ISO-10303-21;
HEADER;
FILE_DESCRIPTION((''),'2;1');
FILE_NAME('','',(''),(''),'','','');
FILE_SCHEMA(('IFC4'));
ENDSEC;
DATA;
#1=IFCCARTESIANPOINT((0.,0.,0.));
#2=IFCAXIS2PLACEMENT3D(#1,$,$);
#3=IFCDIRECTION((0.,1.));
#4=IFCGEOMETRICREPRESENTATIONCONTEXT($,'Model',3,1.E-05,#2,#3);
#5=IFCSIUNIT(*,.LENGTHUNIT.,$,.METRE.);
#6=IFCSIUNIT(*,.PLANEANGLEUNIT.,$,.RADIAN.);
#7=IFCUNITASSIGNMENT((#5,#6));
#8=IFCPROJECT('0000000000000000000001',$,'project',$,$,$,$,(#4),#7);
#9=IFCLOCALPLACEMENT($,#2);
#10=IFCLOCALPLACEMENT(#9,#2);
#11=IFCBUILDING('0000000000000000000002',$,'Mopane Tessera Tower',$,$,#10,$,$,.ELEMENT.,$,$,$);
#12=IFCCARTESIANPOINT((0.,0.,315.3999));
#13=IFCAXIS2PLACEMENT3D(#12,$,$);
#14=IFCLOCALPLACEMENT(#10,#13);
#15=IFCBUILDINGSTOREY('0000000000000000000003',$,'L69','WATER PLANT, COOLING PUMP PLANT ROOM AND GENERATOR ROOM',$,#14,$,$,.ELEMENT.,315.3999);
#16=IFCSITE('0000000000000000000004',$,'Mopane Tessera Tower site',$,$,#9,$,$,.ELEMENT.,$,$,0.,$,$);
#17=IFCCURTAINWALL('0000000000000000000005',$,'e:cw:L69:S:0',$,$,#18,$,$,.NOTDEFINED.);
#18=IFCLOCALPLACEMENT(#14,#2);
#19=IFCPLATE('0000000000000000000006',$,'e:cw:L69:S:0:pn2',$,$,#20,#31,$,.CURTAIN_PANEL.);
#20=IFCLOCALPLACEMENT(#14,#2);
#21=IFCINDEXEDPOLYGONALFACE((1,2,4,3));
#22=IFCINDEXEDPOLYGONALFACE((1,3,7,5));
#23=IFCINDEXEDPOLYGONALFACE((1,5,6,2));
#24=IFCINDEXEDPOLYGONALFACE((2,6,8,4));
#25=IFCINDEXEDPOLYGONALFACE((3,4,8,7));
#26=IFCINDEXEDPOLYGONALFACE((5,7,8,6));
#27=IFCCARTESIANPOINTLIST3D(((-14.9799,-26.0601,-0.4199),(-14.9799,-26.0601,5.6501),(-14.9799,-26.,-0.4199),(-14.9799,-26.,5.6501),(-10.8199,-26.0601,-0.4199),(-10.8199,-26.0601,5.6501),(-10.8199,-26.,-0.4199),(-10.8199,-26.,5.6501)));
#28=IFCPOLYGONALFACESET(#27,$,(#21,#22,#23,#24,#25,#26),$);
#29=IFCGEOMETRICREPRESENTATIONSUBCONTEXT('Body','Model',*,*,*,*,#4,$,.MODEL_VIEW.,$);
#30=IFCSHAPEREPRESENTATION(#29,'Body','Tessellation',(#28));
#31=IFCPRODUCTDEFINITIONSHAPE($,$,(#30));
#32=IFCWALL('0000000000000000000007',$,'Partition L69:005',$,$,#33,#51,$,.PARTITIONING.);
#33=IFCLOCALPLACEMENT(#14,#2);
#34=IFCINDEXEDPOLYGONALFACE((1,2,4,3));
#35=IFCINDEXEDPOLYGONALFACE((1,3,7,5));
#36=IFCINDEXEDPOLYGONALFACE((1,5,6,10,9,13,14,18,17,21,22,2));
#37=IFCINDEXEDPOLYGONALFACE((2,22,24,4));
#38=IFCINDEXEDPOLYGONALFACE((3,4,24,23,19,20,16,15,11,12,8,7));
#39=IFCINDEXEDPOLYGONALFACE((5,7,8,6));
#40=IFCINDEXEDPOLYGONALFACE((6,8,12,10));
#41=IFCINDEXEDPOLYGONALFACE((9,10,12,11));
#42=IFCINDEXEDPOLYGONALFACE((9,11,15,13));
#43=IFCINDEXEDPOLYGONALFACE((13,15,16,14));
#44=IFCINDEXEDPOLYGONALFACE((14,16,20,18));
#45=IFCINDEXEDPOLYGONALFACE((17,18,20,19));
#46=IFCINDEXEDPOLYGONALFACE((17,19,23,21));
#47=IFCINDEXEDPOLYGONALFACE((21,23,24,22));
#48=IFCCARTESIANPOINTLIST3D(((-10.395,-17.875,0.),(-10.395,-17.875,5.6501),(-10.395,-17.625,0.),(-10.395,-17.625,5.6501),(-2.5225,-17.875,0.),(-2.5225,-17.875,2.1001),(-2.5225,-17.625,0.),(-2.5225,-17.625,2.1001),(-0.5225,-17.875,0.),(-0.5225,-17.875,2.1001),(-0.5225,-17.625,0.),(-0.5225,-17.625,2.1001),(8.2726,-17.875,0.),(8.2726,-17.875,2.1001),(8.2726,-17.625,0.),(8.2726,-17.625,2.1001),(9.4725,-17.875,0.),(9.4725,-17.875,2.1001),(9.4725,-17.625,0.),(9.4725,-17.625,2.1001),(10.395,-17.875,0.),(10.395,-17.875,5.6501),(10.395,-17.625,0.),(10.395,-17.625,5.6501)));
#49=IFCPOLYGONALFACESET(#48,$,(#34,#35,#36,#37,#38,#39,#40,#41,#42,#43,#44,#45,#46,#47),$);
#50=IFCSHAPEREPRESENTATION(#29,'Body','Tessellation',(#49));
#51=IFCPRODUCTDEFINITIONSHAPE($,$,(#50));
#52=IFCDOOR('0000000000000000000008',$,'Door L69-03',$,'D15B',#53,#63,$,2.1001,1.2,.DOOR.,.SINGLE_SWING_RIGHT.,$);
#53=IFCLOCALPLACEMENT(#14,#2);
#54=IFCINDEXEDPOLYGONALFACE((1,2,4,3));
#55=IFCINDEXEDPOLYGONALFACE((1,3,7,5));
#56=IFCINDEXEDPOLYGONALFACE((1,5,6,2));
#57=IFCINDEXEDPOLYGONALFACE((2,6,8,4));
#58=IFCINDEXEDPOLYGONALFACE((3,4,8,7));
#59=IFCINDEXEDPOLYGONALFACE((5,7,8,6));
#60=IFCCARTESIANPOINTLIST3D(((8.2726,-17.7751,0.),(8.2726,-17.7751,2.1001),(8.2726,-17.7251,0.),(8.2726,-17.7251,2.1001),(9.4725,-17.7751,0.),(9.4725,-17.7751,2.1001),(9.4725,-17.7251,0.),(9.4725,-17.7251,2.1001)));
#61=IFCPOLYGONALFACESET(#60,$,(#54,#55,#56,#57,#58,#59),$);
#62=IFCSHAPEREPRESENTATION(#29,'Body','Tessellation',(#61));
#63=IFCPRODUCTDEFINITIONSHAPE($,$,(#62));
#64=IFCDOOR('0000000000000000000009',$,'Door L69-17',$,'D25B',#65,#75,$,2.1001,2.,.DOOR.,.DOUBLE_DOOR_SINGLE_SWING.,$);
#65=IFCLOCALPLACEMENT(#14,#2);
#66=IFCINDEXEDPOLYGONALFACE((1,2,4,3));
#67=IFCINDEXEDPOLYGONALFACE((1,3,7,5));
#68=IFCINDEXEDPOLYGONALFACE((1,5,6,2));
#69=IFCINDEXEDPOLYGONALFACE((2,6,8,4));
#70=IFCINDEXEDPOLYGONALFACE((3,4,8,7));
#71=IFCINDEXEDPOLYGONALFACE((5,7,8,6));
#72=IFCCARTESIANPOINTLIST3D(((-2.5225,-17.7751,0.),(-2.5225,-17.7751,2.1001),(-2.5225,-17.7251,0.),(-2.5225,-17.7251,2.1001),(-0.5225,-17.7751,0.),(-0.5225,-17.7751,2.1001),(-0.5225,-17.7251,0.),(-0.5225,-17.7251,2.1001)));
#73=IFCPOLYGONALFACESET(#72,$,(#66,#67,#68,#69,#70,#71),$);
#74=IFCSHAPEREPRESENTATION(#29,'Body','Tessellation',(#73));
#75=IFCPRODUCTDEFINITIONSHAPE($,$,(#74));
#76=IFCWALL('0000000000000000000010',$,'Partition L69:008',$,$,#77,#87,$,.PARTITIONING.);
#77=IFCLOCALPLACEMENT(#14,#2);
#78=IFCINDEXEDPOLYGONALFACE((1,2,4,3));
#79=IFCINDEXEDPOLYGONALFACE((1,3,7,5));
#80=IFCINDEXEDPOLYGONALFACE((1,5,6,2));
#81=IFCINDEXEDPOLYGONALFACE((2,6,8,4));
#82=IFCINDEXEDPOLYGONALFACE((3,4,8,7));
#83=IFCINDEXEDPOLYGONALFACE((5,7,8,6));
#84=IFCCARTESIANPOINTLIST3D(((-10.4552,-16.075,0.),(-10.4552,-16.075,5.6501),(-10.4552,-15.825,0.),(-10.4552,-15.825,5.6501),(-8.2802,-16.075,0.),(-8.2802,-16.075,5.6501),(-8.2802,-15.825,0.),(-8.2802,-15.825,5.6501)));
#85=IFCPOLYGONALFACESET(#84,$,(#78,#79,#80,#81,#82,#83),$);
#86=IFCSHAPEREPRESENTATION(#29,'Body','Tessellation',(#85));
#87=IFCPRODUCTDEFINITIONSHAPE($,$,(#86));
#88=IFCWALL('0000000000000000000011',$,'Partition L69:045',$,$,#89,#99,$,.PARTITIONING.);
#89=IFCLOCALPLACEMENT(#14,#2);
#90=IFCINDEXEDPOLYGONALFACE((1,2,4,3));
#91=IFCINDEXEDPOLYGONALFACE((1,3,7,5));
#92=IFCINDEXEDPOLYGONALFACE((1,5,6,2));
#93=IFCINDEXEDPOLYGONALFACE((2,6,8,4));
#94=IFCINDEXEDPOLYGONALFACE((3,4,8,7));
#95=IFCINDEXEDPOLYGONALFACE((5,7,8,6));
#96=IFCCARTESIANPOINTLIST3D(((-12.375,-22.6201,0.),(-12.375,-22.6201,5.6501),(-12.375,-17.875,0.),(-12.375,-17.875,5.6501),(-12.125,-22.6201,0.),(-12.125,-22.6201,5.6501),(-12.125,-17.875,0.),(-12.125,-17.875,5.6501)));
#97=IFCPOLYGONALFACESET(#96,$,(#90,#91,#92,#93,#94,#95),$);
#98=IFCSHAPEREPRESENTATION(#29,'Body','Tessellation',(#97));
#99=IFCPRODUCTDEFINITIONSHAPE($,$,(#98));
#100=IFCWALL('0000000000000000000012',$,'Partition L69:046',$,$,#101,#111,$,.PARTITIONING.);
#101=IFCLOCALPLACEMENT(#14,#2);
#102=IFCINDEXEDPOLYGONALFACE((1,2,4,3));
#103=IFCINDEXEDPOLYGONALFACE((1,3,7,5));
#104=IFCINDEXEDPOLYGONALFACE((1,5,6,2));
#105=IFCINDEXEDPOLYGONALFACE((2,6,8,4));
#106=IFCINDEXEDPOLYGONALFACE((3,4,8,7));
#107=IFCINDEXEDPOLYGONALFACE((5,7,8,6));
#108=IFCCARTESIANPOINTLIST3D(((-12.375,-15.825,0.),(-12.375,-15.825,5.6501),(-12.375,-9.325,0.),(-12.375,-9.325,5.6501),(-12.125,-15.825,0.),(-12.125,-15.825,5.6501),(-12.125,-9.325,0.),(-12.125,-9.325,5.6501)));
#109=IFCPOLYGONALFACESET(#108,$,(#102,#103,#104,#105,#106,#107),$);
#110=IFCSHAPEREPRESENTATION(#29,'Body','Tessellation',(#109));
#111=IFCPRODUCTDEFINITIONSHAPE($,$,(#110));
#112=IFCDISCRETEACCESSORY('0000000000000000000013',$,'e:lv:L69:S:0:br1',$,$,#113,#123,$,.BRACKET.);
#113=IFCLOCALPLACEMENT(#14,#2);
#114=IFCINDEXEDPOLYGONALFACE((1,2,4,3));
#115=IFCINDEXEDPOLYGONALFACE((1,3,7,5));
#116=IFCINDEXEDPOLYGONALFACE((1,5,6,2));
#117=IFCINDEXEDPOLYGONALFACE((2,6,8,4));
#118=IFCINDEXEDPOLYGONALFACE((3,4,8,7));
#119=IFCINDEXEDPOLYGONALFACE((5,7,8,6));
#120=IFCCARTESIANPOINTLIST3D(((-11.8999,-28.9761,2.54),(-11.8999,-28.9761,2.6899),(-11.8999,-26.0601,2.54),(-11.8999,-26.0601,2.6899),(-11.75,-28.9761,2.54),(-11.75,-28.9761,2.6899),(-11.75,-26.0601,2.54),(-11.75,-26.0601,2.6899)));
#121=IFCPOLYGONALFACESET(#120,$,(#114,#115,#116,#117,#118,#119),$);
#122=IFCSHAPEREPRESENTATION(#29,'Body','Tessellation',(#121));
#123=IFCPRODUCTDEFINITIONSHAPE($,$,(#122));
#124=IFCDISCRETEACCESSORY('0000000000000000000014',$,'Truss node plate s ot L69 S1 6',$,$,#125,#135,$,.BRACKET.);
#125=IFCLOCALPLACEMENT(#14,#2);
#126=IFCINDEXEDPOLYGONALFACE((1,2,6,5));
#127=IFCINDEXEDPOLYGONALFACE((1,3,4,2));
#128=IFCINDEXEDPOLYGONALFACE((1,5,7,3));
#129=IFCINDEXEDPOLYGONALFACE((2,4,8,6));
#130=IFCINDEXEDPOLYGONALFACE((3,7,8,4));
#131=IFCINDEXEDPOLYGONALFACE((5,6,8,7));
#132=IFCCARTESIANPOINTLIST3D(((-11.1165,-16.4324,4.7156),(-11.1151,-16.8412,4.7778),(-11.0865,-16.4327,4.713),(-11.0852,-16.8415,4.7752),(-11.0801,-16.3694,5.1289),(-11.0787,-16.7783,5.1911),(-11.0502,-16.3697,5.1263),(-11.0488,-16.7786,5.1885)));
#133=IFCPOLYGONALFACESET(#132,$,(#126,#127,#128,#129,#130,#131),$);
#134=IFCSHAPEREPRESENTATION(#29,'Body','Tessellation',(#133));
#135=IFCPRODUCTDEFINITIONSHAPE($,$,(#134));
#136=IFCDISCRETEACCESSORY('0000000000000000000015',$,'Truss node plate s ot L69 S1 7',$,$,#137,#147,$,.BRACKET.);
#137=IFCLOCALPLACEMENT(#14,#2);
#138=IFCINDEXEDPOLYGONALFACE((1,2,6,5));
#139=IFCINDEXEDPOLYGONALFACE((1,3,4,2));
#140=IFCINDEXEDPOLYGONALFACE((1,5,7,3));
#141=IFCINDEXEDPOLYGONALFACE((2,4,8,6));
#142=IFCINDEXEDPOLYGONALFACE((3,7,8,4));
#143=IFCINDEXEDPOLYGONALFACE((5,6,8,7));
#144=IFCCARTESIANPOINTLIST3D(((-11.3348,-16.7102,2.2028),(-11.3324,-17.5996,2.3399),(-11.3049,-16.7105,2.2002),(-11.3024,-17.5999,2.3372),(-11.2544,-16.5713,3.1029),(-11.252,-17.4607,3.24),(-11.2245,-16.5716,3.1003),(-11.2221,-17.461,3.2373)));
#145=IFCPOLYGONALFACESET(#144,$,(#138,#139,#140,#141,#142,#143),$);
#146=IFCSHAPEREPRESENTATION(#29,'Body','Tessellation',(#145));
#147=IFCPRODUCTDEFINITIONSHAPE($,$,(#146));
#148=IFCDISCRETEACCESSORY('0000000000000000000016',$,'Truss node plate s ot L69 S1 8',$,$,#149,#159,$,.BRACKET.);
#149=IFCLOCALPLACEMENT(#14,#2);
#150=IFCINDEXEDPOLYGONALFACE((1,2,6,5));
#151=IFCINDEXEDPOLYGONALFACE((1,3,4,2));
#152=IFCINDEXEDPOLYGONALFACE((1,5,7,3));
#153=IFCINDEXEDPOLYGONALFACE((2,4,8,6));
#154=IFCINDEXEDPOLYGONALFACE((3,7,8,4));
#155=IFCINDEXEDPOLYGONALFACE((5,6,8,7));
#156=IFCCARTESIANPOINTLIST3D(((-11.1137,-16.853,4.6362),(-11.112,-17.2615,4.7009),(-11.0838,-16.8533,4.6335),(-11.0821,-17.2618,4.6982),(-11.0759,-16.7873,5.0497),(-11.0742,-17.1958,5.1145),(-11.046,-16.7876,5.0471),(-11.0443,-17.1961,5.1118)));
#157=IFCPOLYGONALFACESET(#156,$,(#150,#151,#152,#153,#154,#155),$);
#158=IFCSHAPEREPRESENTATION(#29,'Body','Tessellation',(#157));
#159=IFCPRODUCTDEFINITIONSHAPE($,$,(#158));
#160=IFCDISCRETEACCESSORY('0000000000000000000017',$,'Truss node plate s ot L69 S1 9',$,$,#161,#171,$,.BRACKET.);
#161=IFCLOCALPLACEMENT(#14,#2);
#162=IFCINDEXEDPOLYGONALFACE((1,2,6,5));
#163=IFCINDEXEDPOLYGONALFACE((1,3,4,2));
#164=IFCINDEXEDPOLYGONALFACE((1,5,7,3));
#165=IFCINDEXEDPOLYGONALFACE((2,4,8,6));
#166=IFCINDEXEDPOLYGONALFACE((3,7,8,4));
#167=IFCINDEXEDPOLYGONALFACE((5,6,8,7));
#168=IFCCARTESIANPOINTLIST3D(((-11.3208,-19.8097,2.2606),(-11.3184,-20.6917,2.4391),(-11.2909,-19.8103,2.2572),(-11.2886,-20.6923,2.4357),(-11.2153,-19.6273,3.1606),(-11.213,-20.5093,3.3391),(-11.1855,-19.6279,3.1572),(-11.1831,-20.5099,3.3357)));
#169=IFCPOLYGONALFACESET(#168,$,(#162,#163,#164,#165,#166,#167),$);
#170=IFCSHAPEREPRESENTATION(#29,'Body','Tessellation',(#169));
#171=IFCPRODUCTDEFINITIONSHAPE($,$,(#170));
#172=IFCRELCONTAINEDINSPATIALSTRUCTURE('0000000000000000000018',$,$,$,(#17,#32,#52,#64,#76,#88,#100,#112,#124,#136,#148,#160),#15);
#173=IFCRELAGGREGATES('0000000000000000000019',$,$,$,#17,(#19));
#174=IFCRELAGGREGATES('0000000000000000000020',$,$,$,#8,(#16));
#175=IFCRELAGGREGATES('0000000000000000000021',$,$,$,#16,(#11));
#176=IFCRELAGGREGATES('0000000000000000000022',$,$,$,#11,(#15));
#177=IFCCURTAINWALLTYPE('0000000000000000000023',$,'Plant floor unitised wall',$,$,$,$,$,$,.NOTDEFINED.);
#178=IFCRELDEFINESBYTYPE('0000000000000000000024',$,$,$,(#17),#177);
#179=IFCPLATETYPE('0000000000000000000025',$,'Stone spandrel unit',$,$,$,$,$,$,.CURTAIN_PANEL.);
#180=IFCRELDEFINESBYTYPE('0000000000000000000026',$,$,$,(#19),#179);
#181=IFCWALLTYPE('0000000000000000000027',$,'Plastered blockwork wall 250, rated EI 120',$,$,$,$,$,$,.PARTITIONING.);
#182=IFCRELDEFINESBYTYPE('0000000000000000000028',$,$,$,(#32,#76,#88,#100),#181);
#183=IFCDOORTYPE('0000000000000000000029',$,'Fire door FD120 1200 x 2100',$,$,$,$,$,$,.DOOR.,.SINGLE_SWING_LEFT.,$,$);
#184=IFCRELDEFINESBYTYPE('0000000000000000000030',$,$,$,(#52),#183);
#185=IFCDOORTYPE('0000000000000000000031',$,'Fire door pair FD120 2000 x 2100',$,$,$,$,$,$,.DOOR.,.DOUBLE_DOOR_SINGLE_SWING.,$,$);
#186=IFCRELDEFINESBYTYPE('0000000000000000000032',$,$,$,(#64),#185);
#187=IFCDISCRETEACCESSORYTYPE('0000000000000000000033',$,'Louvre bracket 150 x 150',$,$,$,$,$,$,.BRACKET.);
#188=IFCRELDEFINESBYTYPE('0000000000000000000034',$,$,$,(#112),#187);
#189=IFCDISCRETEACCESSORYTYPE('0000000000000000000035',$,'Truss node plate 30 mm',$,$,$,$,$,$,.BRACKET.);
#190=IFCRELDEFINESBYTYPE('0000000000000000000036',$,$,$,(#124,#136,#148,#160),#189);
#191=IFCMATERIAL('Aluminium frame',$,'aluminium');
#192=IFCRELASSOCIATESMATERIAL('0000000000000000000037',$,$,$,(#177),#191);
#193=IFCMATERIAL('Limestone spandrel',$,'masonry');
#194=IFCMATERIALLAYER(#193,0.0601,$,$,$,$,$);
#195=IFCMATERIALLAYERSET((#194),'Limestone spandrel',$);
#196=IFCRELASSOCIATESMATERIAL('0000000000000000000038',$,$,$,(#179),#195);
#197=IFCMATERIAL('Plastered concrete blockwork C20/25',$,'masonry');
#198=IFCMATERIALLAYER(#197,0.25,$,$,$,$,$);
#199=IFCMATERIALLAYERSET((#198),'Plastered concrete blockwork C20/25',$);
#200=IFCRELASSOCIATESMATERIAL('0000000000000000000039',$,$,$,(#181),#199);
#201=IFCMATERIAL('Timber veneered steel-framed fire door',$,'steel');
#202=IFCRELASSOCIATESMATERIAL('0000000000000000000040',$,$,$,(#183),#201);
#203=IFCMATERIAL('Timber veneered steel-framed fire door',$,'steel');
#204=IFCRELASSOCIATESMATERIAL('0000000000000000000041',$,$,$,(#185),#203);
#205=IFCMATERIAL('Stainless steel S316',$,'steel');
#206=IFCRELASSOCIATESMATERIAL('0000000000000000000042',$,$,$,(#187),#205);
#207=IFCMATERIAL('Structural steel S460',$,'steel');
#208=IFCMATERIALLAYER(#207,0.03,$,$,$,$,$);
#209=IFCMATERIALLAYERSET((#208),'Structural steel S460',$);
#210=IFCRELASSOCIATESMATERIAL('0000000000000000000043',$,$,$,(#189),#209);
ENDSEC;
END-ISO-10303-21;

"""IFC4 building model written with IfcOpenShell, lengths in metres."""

from ifc_helpers import new_model, si_unit, direction, frame, frame_2d, origin, origin_2d, place, context, subcontext, project, spatial, rectangle, extrude, material, layer, layer_set, type_object, element, fill, aggregate, save


model = new_model("IFC4")

# Units and contexts
model_context = context("Model", 3, precision=1e-05, world=origin(), true_north=direction((0.0, 1.0)))
body_context = subcontext(model_context, "Body", "Model", "MODEL_VIEW")
ifc_project = project(units=[si_unit("LENGTHUNIT", "METRE"), si_unit("PLANEANGLEUNIT", "RADIAN")], contexts=[model_context])

# Site, building, storey
site_placement = place(None, origin())
site = spatial("IfcSite", under=ifc_project, at=site_placement, Name="Mopane Tessera Tower site", CompositionType="ELEMENT", RefElevation=0.0)
building_placement = place(site_placement, origin())
building = spatial("IfcBuilding", under=site, at=building_placement, Name="Mopane Tessera Tower", CompositionType="ELEMENT")
storey_placement = place(building_placement, frame((0.0, 0.0, 315.3999)))
storey = spatial("IfcBuildingStorey", under=building, at=storey_placement, Name="L69", Description="WATER PLANT, COOLING PUMP PLANT ROOM AND GENERATOR ROOM", CompositionType="ELEMENT", Elevation=315.3999)

# Curtain wall
ifc_material_1 = material(Name="Aluminium frame", Category="aluminium")
curtain_wall_type = type_object("IfcCurtainWallType", Name="Plant floor unitised wall", PredefinedType="NOTDEFINED", material=ifc_material_1)
curtain_wall_placement = place(storey_placement, origin())
curtain_wall = element("IfcCurtainWall", 1, at=curtain_wall_placement, inside=storey, type_object=curtain_wall_type, Name="e:cw:L69:S:0", PredefinedType="NOTDEFINED")

# Plate
ifc_material_2 = material(Name="Limestone spandrel", Category="masonry")
ifc_layer_1 = layer(ifc_material_2, 0.0601)
ifc_layer_set_1 = layer_set([ifc_layer_1], Name="Limestone spandrel")
plate_type = type_object("IfcPlateType", Name="Stone spandrel unit", PredefinedType="CURTAIN_PANEL", material=ifc_layer_set_1)
plate_placement = place(storey_placement, frame((-12.8999, -26.03, -0.4199), z_axis=(0.0, 0.0, 1.0), x_axis=(1.0, 0.0, 0.0)))
plate = element("IfcPlate", 2, at=plate_placement, type_object=plate_type, Name="e:cw:L69:S:0:pn2", PredefinedType="CURTAIN_PANEL", context=body_context, shape_type="SweptSolid", body=[
    extrude(rectangle(XDim=4.1599, YDim=0.0601, at=origin_2d()), origin(), (0.0, 0.0, 1.0), 6.0701),
])
aggregate(curtain_wall, [plate])

# Wall, openings, doors
ifc_material_3 = material(Name="Plastered concrete blockwork C20/25", Category="masonry")
ifc_layer_2 = layer(ifc_material_3, 0.25)
ifc_layer_set_2 = layer_set([ifc_layer_2], Name="Plastered concrete blockwork C20/25")
wall_type = type_object("IfcWallType", Name="Plastered blockwork wall 250, rated EI 120", PredefinedType="PARTITIONING", material=ifc_layer_set_2)
wall_1_placement = place(storey_placement, frame((-10.395, -17.75, 0.0), z_axis=(0.0, 0.0, 1.0), x_axis=(1.0, 0.0, 0.0)))
wall_1 = element("IfcWall", 3, at=wall_1_placement, inside=storey, type_object=wall_type, Name="Partition L69:005", PredefinedType="PARTITIONING", context=body_context, shape_type="SweptSolid", body=[
    extrude(rectangle(XDim=20.79, YDim=0.25, at=frame_2d((10.395, 0.0))), origin(), (0.0, 0.0, 1.0), 5.6501),
])
opening_1_placement = place(wall_1_placement, frame((18.6675, 0.0, 0.0)))
opening_1 = element("IfcOpeningElement", 4, at=opening_1_placement, cuts=wall_1, PredefinedType="OPENING", context=body_context, shape_type="SweptSolid", body=[
    extrude(rectangle(XDim=1.2, YDim=2.1001, at=frame_2d((0.6001, 1.05))), frame((0.0, 0.137, 0.0), z_axis=(0.0, -1.0, 0.0), x_axis=(1.0, 0.0, 0.0)), (0.0, 0.0, 1.0), 0.2739),
])
opening_2_placement = place(wall_1_placement, frame((7.8726, 0.0, 0.0)))
opening_2 = element("IfcOpeningElement", 5, at=opening_2_placement, cuts=wall_1, PredefinedType="OPENING", context=body_context, shape_type="SweptSolid", body=[
    extrude(rectangle(XDim=2.0, YDim=2.1001, at=frame_2d((1.0, 1.05))), frame((0.0, 0.137, 0.0), z_axis=(0.0, -1.0, 0.0), x_axis=(1.0, 0.0, 0.0)), (0.0, 0.0, 1.0), 0.2739),
])
ifc_material_4 = material(Name="Timber veneered steel-framed fire door", Category="steel")
door_type_1 = type_object("IfcDoorType", Name="Fire door FD120 1200 x 2100", OperationType="SINGLE_SWING_LEFT", PredefinedType="DOOR", material=ifc_material_4)
door_1_placement = place(opening_1_placement, origin())
door_1 = element("IfcDoor", 6, at=door_1_placement, inside=storey, type_object=door_type_1, Name="Door L69-03", ObjectType="D15B", OperationType="SINGLE_SWING_RIGHT", OverallHeight=2.1001, OverallWidth=1.2, PredefinedType="DOOR", context=body_context, shape_type="SweptSolid", body=[
    extrude(rectangle(XDim=1.2, YDim=2.1001, at=frame_2d((0.6001, 1.05))), frame((0.0, 0.0249, 0.0), z_axis=(0.0, -1.0, 0.0), x_axis=(1.0, 0.0, 0.0)), (0.0, 0.0, 1.0), 0.05),
])
fill(opening_1, door_1)
ifc_material_5 = material(Name="Timber veneered steel-framed fire door", Category="steel")
door_type_2 = type_object("IfcDoorType", Name="Fire door pair FD120 2000 x 2100", OperationType="DOUBLE_DOOR_SINGLE_SWING", PredefinedType="DOOR", material=ifc_material_5)
door_2_placement = place(opening_2_placement, origin())
door_2 = element("IfcDoor", 7, at=door_2_placement, inside=storey, type_object=door_type_2, Name="Door L69-17", ObjectType="D25B", OperationType="DOUBLE_DOOR_SINGLE_SWING", OverallHeight=2.1001, OverallWidth=2.0, PredefinedType="DOOR", context=body_context, shape_type="SweptSolid", body=[
    extrude(rectangle(XDim=2.0, YDim=2.1001, at=frame_2d((1.0, 1.05))), frame((0.0, 0.0249, 0.0), z_axis=(0.0, -1.0, 0.0), x_axis=(1.0, 0.0, 0.0)), (0.0, 0.0, 1.0), 0.05),
])
fill(opening_2, door_2)

# Walls
wall_2_placement = place(storey_placement, frame((-10.4551, -15.95, 0.0), z_axis=(0.0, 0.0, 1.0), x_axis=(1.0, 0.0, 0.0)))
element("IfcWall", 8, at=wall_2_placement, inside=storey, type_object=wall_type, Name="Partition L69:008", PredefinedType="PARTITIONING", context=body_context, shape_type="SweptSolid", body=[
    extrude(rectangle(XDim=2.175, YDim=0.25, at=frame_2d((1.0874, 0.0))), origin(), (0.0, 0.0, 1.0), 5.6501),
])
wall_3_placement = place(storey_placement, frame((-12.25, -22.6201, 0.0), z_axis=(0.0, 0.0, 1.0), x_axis=(0.0, 1.0, 0.0)))
element("IfcWall", 9, at=wall_3_placement, inside=storey, type_object=wall_type, Name="Partition L69:045", PredefinedType="PARTITIONING", context=body_context, shape_type="SweptSolid", body=[
    extrude(rectangle(XDim=4.7451, YDim=0.25, at=frame_2d((2.3726, 0.0))), origin(), (0.0, 0.0, 1.0), 5.6501),
])
wall_4_placement = place(storey_placement, frame((-12.25, -15.825, 0.0), z_axis=(0.0, 0.0, 1.0), x_axis=(0.0, 1.0, 0.0)))
element("IfcWall", 10, at=wall_4_placement, inside=storey, type_object=wall_type, Name="Partition L69:046", PredefinedType="PARTITIONING", context=body_context, shape_type="SweptSolid", body=[
    extrude(rectangle(XDim=6.5, YDim=0.25, at=frame_2d((3.25, 0.0))), origin(), (0.0, 0.0, 1.0), 5.6501),
])

# Discrete accessories
ifc_material_6 = material(Name="Stainless steel S316", Category="steel")
discrete_accessory_type_1 = type_object("IfcDiscreteAccessoryType", Name="Louvre bracket 150 x 150", PredefinedType="BRACKET", material=ifc_material_6)
discrete_accessory_1_placement = place(storey_placement, frame((-11.825, -27.5181, 2.54), z_axis=(0.0, 0.0, 1.0), x_axis=(0.0, -1.0, 0.0)))
element("IfcDiscreteAccessory", 11, at=discrete_accessory_1_placement, inside=storey, type_object=discrete_accessory_type_1, Name="e:lv:L69:S:0:br1", PredefinedType="BRACKET", context=body_context, shape_type="SweptSolid", body=[
    extrude(rectangle(XDim=2.916, YDim=0.1499, at=origin_2d()), origin(), (0.0, 0.0, 1.0), 0.1499),
])
ifc_material_7 = material(Name="Structural steel S460", Category="steel")
ifc_layer_3 = layer(ifc_material_7, 0.03)
ifc_layer_set_3 = layer_set([ifc_layer_3], Name="Structural steel S460")
discrete_accessory_type_2 = type_object("IfcDiscreteAccessoryType", Name="Truss node plate 30 mm", PredefinedType="BRACKET", material=ifc_layer_set_3)
discrete_accessory_2_placement = place(storey_placement, frame((-11.1008, -16.637, 4.7454), z_axis=(0.086678, 0.150086, 0.984866), x_axis=(0.996231, -0.009872, -0.086173)))
element("IfcDiscreteAccessory", 12, at=discrete_accessory_2_placement, inside=storey, type_object=discrete_accessory_type_2, Name="Truss node plate s ot L69 S1 6", PredefinedType="BRACKET", context=body_context, shape_type="SweptSolid", body=[
    extrude(rectangle(XDim=0.03, YDim=0.4136, at=origin_2d()), origin(), (0.0, 0.0, 1.0), 0.4197),
])
discrete_accessory_3_placement = place(storey_placement, frame((-11.3186, -17.155, 2.27), z_axis=(0.087848, 0.151931, 0.984479), x_axis=(0.99613, -0.010738, -0.08723)))
element("IfcDiscreteAccessory", 13, at=discrete_accessory_3_placement, inside=storey, type_object=discrete_accessory_type_2, Name="Truss node plate s ot L69 S1 7", PredefinedType="BRACKET", context=body_context, shape_type="SweptSolid", body=[
    extrude(rectangle(XDim=0.03, YDim=0.8999, at=origin_2d()), origin(), (0.0, 0.0, 1.0), 0.9143),
])
discrete_accessory_4_placement = place(storey_placement, frame((-11.0979, -17.0574, 4.6672), z_axis=(0.09, 0.156194, 0.983617), x_axis=(0.995933, -0.009993, -0.08954)))
element("IfcDiscreteAccessory", 14, at=discrete_accessory_4_placement, inside=storey, type_object=discrete_accessory_type_2, Name="Truss node plate s ot L69 S1 8", PredefinedType="BRACKET", context=body_context, shape_type="SweptSolid", body=[
    extrude(rectangle(XDim=0.03, YDim=0.4136, at=origin_2d()), origin(), (0.0, 0.0, 1.0), 0.4204),
])
discrete_accessory_5_placement = place(storey_placement, frame((-11.3047, -20.251, 2.3481), z_axis=(0.114115, 0.197324, 0.973674), x_axis=(0.993464, -0.020111, -0.112359)))
element("IfcDiscreteAccessory", 15, at=discrete_accessory_5_placement, inside=storey, type_object=discrete_accessory_type_2, Name="Truss node plate s ot L69 S1 9", PredefinedType="BRACKET", context=body_context, shape_type="SweptSolid", body=[
    extrude(rectangle(XDim=0.03, YDim=0.8999, at=origin_2d()), origin(), (0.0, 0.0, 1.0), 0.9243),
])

save(model, "model.ifc")
